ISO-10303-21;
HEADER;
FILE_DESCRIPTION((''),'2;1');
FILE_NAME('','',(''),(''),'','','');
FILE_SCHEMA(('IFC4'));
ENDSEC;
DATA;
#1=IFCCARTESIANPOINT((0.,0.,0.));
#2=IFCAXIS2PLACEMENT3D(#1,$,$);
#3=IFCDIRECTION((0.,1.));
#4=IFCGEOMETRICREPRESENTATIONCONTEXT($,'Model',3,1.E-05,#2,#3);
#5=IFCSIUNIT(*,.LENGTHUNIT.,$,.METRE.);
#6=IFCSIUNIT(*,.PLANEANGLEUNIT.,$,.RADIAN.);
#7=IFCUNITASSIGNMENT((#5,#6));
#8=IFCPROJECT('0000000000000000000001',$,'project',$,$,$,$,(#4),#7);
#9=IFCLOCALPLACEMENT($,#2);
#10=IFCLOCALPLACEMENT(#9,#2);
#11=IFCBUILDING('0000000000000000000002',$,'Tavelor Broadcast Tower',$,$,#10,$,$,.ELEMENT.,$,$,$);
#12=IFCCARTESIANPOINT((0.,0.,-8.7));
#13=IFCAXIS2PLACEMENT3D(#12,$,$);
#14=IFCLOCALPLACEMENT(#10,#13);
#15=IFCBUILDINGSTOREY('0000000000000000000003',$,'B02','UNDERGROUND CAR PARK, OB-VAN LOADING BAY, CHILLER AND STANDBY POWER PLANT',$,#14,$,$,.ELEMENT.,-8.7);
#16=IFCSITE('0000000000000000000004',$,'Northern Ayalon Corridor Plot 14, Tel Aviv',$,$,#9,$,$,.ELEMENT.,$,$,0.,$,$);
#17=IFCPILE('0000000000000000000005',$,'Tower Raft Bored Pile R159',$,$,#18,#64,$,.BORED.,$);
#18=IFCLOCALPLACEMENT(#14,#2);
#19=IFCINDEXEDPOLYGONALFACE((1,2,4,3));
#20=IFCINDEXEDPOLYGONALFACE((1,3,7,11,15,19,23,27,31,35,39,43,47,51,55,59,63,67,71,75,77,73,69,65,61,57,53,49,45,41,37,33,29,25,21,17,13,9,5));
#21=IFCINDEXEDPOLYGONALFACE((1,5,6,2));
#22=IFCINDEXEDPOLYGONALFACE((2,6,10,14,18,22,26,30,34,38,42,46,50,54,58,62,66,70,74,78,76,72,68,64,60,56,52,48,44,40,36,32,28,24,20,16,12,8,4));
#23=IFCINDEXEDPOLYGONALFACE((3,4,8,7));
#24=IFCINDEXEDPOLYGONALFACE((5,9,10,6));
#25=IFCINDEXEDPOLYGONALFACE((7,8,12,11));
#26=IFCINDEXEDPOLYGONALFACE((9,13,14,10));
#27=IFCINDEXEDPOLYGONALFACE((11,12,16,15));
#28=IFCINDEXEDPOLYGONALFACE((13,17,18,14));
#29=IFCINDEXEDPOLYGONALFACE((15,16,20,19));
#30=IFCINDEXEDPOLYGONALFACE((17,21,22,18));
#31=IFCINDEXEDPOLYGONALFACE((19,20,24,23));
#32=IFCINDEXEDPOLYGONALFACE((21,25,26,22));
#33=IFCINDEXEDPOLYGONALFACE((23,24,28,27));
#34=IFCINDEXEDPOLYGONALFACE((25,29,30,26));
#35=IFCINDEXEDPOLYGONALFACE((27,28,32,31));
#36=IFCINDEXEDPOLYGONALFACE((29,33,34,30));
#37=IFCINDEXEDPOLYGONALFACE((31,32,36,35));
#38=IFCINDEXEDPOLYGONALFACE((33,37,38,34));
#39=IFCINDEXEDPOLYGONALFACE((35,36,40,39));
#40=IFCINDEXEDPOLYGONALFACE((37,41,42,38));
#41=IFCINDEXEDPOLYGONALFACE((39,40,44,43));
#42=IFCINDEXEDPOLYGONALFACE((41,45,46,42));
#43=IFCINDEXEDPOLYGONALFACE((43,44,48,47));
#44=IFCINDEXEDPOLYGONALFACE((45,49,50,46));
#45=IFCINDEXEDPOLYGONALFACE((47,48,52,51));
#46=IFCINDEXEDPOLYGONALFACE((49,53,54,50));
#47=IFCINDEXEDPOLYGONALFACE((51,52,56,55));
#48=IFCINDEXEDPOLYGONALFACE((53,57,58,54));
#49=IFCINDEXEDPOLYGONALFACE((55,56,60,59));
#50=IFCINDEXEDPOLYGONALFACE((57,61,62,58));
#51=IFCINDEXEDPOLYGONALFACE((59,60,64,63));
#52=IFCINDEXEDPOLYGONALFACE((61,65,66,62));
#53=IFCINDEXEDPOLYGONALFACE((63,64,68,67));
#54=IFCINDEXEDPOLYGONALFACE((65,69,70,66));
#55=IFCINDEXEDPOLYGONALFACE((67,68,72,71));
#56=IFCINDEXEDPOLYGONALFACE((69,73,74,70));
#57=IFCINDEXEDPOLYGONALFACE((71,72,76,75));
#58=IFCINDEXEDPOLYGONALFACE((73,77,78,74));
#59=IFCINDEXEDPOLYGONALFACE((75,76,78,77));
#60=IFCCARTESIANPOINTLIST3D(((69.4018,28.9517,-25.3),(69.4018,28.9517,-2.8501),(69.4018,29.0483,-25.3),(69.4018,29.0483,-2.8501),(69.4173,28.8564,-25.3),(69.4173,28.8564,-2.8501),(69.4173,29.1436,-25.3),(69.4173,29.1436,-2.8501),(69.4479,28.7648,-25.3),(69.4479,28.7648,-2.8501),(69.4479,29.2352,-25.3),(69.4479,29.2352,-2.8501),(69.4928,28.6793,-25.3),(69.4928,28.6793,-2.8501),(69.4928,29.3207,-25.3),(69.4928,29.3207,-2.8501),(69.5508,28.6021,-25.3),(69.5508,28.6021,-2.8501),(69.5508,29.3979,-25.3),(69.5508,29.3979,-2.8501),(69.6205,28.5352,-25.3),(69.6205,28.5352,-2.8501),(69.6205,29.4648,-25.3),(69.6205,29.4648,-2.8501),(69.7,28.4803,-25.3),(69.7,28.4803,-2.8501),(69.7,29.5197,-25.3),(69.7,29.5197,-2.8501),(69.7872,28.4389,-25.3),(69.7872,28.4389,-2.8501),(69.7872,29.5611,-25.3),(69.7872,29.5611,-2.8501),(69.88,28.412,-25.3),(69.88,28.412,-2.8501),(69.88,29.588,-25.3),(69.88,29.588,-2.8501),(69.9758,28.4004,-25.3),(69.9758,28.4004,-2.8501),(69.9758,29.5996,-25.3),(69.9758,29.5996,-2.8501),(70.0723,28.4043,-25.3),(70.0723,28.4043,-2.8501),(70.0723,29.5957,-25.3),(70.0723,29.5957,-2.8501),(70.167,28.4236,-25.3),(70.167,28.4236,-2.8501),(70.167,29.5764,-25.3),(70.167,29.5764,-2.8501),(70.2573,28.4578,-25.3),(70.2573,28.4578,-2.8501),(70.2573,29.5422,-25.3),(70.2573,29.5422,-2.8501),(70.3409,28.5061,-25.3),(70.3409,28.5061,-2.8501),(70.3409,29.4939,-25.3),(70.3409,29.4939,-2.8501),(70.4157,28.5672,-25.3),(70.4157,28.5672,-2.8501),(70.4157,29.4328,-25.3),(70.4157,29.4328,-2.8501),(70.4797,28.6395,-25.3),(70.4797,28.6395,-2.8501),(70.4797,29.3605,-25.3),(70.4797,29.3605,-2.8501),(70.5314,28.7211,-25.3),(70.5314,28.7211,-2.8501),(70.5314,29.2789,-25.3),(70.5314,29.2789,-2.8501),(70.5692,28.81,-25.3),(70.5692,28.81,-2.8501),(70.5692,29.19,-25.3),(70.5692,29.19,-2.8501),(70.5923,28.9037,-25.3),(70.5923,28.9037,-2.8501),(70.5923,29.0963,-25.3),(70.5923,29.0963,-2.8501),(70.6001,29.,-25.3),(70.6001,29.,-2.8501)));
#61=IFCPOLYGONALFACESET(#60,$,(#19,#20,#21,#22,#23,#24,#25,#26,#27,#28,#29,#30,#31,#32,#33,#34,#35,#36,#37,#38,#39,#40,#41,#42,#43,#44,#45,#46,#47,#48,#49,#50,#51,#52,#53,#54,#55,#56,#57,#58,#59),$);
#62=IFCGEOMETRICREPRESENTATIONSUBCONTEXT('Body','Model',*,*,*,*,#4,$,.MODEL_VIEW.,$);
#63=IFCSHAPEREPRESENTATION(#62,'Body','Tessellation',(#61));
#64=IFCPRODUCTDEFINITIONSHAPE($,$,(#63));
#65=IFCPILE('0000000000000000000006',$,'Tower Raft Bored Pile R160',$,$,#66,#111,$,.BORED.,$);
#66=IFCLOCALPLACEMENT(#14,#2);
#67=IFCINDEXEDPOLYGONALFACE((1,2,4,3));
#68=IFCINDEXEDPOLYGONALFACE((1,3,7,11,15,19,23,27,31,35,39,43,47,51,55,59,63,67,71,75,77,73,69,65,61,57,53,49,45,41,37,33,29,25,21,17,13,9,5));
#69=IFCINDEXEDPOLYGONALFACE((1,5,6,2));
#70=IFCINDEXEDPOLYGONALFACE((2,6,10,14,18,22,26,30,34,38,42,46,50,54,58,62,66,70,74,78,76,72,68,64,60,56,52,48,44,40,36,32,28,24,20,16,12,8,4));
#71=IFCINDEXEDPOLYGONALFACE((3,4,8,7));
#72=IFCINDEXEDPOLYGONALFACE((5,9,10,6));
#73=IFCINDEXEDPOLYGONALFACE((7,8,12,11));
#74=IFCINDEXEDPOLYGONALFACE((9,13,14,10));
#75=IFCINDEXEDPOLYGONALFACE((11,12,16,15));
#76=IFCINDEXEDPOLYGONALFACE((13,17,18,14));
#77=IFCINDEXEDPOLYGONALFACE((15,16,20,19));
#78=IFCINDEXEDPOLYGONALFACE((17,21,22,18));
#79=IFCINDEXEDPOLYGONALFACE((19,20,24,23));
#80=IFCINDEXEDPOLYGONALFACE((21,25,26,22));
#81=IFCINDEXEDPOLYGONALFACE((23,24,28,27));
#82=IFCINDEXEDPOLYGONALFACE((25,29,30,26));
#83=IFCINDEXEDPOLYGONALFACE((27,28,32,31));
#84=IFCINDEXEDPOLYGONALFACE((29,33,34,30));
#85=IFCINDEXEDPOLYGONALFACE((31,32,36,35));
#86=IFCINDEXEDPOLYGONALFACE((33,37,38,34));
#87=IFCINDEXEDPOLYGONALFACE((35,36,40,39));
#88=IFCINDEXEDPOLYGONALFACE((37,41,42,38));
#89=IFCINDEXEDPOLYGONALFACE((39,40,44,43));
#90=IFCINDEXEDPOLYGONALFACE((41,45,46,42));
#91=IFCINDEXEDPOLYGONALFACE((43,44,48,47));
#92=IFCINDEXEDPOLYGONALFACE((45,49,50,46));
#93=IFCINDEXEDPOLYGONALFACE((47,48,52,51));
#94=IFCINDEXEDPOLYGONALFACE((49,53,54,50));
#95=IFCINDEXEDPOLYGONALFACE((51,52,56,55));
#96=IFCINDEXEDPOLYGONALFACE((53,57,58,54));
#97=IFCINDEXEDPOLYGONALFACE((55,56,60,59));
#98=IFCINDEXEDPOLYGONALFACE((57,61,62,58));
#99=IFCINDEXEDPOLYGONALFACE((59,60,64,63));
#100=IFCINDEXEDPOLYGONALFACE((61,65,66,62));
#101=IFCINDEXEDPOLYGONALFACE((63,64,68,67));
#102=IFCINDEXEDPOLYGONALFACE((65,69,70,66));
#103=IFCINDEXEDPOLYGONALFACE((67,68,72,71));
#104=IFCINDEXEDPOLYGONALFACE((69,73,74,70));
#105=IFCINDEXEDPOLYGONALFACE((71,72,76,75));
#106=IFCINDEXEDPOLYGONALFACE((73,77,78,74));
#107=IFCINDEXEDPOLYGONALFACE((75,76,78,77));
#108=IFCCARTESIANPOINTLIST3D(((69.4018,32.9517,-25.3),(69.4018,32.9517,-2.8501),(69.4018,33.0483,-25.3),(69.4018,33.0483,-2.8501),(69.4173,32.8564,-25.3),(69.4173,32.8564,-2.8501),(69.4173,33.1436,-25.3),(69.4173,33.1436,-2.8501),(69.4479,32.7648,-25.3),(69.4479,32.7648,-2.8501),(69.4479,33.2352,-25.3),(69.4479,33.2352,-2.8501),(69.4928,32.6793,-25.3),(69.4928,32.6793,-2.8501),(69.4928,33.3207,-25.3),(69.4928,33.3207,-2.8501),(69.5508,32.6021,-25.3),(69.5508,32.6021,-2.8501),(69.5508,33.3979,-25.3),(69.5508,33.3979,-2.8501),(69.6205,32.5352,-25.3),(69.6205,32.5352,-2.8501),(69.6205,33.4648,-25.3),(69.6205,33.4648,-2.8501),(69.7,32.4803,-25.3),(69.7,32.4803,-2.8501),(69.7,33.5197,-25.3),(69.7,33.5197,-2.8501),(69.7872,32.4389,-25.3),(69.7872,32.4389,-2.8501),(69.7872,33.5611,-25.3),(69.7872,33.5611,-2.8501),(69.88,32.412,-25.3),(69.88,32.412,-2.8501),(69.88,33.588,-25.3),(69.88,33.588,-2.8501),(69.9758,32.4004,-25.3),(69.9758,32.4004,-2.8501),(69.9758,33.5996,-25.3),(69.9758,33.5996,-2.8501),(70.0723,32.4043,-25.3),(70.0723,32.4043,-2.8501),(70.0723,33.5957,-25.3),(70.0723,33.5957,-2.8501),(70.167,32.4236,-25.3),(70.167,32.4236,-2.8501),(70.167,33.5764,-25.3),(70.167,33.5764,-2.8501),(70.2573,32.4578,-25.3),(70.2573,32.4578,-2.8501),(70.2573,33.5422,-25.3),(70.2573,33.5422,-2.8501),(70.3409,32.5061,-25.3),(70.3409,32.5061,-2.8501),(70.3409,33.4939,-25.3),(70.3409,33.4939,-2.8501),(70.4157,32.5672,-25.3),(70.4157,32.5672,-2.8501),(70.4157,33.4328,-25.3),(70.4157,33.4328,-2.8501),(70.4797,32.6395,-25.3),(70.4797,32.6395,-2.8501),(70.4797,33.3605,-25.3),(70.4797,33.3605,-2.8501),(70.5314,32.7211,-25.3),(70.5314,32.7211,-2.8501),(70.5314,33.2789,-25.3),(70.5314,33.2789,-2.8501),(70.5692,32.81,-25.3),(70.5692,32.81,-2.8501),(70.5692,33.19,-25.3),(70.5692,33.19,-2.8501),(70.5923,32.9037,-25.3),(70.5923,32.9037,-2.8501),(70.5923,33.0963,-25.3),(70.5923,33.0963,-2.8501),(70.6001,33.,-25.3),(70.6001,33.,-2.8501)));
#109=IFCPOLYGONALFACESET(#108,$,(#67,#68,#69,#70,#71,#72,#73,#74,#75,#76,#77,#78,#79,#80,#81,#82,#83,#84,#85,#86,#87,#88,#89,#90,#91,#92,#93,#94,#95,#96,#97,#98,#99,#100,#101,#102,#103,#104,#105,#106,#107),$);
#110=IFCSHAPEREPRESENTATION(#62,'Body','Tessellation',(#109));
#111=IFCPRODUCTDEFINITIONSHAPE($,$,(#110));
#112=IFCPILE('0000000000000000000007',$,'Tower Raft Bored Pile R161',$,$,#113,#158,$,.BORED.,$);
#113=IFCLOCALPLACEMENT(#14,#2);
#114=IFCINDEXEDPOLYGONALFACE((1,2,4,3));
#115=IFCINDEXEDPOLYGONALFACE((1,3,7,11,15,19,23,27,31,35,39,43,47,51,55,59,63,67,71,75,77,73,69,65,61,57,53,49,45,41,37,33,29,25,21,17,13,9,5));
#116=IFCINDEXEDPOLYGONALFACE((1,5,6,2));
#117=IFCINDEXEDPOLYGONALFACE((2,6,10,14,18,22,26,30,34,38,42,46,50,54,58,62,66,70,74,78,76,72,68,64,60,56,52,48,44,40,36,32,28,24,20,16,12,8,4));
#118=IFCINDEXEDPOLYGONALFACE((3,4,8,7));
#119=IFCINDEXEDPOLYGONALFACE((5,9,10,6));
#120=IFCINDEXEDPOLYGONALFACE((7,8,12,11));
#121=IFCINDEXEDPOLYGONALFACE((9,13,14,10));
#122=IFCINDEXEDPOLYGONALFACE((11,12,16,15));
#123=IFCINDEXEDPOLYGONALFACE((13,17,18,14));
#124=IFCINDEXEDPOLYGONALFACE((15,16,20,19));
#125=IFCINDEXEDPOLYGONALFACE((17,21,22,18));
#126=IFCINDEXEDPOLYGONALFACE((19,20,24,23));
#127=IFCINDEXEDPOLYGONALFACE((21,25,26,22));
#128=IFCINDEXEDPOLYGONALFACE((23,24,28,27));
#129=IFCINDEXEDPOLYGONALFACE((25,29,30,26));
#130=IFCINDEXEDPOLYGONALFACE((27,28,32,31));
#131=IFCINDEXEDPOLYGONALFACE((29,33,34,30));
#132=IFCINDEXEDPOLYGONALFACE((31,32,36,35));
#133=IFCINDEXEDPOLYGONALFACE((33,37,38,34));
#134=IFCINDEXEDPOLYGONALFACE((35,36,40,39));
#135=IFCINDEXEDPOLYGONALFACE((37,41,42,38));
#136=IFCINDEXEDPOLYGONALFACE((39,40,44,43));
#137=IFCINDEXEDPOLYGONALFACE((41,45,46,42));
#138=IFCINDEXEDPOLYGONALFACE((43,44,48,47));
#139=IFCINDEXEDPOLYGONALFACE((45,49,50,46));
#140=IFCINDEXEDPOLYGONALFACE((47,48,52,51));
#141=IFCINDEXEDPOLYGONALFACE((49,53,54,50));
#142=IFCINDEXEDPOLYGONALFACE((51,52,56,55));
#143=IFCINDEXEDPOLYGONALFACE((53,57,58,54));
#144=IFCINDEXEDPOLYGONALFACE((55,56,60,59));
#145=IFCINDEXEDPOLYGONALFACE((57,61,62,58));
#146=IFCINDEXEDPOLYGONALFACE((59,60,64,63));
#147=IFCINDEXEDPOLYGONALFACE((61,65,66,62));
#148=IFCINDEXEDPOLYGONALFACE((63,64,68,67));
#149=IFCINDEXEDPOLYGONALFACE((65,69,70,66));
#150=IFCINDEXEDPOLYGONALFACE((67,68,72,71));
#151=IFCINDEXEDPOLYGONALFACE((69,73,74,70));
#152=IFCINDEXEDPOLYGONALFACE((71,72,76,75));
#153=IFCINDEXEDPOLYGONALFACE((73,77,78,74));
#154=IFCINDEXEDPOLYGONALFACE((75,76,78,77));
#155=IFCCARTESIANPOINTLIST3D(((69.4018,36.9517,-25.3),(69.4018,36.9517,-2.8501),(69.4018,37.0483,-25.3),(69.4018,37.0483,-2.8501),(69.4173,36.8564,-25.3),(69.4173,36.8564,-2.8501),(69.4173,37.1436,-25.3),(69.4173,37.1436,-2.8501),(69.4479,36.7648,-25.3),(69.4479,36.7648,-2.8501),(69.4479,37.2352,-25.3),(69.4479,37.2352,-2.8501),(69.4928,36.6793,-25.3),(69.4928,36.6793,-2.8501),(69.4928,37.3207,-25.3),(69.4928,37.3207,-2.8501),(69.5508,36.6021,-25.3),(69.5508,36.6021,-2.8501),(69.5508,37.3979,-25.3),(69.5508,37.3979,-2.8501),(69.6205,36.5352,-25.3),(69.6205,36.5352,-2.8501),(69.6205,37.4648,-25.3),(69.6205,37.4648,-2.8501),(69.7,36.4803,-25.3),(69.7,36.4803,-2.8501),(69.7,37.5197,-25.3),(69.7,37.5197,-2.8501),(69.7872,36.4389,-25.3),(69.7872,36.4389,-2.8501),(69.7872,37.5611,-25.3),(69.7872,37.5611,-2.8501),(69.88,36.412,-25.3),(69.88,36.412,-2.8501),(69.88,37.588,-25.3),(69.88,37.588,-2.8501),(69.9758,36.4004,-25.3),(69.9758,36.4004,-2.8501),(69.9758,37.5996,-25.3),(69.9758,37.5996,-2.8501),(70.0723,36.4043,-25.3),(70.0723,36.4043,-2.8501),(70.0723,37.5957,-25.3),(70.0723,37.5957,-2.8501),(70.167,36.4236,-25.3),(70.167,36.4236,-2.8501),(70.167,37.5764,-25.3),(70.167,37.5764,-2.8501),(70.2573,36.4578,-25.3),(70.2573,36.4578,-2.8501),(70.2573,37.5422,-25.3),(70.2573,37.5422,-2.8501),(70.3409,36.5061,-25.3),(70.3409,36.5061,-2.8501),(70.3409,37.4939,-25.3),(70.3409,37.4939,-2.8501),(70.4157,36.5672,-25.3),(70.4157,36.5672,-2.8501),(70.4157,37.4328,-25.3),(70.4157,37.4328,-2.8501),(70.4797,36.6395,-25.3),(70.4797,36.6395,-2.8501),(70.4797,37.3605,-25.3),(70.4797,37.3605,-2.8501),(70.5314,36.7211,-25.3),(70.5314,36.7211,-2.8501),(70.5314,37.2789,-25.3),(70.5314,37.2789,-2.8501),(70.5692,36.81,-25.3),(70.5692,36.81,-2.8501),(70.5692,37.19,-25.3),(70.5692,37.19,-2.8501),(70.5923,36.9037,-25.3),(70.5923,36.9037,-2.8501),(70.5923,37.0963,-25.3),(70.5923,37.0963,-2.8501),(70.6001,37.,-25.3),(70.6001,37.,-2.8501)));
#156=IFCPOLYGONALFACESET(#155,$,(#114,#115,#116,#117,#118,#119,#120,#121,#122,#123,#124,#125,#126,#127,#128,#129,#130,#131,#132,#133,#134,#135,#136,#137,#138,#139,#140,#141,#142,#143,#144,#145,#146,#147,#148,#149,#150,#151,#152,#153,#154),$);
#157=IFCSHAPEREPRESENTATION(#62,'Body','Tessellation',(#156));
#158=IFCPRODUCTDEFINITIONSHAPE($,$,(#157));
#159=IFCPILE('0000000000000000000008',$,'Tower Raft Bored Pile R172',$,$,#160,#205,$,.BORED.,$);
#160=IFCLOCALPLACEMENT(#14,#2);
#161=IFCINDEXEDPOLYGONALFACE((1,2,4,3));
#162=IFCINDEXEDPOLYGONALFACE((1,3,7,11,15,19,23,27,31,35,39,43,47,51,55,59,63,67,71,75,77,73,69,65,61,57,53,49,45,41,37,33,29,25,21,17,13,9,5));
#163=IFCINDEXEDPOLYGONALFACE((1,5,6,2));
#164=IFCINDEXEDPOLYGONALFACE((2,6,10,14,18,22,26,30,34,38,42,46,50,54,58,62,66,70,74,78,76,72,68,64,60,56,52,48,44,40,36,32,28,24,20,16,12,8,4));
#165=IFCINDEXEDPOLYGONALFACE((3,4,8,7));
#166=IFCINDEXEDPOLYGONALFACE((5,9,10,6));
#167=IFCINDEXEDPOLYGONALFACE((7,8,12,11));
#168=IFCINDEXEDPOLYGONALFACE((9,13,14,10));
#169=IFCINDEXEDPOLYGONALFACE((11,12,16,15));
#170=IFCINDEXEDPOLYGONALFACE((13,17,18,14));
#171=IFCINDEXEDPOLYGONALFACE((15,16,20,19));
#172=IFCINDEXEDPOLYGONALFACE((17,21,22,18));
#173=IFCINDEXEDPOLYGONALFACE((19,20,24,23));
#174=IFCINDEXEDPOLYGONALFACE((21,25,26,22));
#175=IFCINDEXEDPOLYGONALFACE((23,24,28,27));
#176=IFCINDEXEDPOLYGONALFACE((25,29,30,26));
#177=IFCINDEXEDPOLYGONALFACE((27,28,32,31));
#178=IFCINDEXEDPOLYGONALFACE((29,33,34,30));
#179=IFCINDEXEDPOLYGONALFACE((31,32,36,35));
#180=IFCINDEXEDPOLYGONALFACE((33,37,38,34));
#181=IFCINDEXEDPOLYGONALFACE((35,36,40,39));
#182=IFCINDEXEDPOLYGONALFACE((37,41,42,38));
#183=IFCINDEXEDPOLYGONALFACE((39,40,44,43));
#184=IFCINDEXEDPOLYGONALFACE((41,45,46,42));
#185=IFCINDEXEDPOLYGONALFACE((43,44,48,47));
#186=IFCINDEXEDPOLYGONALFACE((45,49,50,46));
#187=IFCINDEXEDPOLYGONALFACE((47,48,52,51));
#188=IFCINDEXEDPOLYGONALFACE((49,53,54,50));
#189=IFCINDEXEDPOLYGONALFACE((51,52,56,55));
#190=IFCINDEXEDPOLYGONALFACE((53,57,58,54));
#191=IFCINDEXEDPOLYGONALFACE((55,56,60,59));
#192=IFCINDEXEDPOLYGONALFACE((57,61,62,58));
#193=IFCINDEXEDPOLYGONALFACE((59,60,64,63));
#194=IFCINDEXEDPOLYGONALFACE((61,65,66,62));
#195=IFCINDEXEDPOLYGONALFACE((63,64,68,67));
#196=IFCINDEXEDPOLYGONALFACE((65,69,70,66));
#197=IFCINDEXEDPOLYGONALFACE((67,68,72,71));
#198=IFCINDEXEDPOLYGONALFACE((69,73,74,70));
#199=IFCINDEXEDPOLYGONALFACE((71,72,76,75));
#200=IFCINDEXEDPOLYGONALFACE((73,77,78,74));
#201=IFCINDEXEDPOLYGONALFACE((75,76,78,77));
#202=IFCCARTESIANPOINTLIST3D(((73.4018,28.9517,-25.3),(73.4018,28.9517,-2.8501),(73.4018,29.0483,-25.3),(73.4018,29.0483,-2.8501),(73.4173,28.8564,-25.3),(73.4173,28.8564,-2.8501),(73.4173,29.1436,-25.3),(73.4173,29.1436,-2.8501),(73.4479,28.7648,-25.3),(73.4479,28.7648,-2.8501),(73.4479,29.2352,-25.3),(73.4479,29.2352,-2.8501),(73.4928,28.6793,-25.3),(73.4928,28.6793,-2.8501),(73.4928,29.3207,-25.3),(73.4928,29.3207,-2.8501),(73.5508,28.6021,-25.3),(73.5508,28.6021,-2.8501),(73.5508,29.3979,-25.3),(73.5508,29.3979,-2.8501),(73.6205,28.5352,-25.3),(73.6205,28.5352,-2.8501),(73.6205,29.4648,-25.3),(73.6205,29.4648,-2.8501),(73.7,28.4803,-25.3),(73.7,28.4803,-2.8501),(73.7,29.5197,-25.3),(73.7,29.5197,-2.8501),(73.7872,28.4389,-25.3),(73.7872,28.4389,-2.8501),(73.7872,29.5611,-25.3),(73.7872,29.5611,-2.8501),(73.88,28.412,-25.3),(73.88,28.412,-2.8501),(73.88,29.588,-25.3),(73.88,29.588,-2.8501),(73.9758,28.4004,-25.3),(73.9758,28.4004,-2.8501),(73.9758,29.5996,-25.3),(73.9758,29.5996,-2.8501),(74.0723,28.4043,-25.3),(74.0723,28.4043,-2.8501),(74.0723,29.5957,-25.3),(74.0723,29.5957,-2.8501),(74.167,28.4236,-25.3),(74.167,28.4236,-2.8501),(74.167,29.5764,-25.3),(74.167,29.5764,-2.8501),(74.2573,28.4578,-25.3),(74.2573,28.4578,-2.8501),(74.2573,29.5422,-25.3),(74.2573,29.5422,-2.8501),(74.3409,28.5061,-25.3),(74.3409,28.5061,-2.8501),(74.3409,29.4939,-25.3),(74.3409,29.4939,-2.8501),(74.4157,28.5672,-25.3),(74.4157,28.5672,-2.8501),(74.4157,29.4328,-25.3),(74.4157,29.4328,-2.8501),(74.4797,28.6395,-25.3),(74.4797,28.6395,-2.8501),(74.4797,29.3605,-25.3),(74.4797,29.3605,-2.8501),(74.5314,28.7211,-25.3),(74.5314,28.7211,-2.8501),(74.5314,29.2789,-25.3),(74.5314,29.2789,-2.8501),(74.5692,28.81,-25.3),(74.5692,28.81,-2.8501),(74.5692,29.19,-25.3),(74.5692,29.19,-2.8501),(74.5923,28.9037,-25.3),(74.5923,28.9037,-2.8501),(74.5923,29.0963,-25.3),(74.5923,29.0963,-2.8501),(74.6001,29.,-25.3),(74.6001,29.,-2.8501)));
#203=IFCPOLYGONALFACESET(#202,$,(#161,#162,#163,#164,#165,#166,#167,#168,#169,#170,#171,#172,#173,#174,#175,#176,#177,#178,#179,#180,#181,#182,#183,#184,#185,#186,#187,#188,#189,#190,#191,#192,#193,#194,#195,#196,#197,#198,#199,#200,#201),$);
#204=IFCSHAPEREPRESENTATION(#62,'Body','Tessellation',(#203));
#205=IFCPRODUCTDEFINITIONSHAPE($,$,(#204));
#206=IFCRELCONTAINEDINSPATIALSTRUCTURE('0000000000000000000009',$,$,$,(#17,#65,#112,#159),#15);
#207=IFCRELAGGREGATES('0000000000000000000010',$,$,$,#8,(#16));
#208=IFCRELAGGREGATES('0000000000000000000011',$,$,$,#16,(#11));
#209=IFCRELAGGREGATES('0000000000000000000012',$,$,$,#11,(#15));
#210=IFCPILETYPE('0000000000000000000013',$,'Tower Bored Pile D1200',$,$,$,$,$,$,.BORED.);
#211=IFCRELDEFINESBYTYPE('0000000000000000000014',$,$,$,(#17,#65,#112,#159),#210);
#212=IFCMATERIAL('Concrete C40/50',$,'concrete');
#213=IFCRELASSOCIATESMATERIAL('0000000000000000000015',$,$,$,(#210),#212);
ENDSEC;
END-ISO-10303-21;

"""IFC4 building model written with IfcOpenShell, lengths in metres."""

from ifc_helpers import new_model, si_unit, direction, frame, origin, origin_2d, place, context, subcontext, project, spatial, circle, extrude, material, material_profile, profile_set, type_object, element, save


model = new_model("IFC4")

# Units and contexts
model_context = context("Model", 3, precision=1e-05, world=origin(), true_north=direction((0.0, 1.0)))
body_context = subcontext(model_context, "Body", "Model", "MODEL_VIEW")
ifc_project = project(units=[si_unit("LENGTHUNIT", "METRE"), si_unit("PLANEANGLEUNIT", "RADIAN")], contexts=[model_context])

# Site, building, storey
site_placement = place(None, origin())
site = spatial("IfcSite", under=ifc_project, at=site_placement, Name="Northern Ayalon Corridor Plot 14, Tel Aviv", CompositionType="ELEMENT", RefElevation=0.0)
building_placement = place(site_placement, origin())
building = spatial("IfcBuilding", under=site, at=building_placement, Name="Tavelor Broadcast Tower", CompositionType="ELEMENT")
storey_placement = place(building_placement, frame((0.0, 0.0, -8.7)))
storey = spatial("IfcBuildingStorey", under=building, at=storey_placement, Name="B02", Description="UNDERGROUND CAR PARK, OB-VAN LOADING BAY, CHILLER AND STANDBY POWER PLANT", CompositionType="ELEMENT", Elevation=-8.7)

# Shared definitions
ifc_material_1 = material(Name="Concrete C40/50", Category="concrete")

# Piles
ifc_material_profile_1 = material_profile(ifc_material_1, circle(Radius=0.6001, at=origin_2d()), Name="PILE D1200")
ifc_profile_set_1 = profile_set([ifc_material_profile_1], Name="Concrete C40/50")
pile_type_1 = type_object("IfcPileType", Name="Tower Bored Pile D1200", PredefinedType="BORED", material=ifc_profile_set_1)
for number, where, z_axis, x_axis, name in (
    (1, (70.0, 29.0, -2.8501), (0.0, 0.0, -1.0), (1.0, 0.0, 0.0), "Tower Raft Bored Pile R159"),
    (2, (70.0, 33.0, -2.8501), (0.0, 0.0, -1.0), (1.0, 0.0, 0.0), "Tower Raft Bored Pile R160"),
    (3, (70.0, 37.0, -2.8501), (0.0, 0.0, -1.0), (1.0, 0.0, 0.0), "Tower Raft Bored Pile R161"),
    (4, (74.0, 29.0, -2.8501), (0.0, 0.0, -1.0), (1.0, 0.0, 0.0), "Tower Raft Bored Pile R172"),
):
    element("IfcPile", number, at=place(storey_placement, frame(where, z_axis=z_axis, x_axis=x_axis)), inside=storey, type_object=pile_type_1, Name=name, PredefinedType="BORED", context=body_context, shape_type="SweptSolid", body=[
        extrude(circle(Radius=0.6001, at=origin_2d()), origin(), (0.0, 0.0, 1.0), 22.45),
    ])

save(model, "model.ifc")
